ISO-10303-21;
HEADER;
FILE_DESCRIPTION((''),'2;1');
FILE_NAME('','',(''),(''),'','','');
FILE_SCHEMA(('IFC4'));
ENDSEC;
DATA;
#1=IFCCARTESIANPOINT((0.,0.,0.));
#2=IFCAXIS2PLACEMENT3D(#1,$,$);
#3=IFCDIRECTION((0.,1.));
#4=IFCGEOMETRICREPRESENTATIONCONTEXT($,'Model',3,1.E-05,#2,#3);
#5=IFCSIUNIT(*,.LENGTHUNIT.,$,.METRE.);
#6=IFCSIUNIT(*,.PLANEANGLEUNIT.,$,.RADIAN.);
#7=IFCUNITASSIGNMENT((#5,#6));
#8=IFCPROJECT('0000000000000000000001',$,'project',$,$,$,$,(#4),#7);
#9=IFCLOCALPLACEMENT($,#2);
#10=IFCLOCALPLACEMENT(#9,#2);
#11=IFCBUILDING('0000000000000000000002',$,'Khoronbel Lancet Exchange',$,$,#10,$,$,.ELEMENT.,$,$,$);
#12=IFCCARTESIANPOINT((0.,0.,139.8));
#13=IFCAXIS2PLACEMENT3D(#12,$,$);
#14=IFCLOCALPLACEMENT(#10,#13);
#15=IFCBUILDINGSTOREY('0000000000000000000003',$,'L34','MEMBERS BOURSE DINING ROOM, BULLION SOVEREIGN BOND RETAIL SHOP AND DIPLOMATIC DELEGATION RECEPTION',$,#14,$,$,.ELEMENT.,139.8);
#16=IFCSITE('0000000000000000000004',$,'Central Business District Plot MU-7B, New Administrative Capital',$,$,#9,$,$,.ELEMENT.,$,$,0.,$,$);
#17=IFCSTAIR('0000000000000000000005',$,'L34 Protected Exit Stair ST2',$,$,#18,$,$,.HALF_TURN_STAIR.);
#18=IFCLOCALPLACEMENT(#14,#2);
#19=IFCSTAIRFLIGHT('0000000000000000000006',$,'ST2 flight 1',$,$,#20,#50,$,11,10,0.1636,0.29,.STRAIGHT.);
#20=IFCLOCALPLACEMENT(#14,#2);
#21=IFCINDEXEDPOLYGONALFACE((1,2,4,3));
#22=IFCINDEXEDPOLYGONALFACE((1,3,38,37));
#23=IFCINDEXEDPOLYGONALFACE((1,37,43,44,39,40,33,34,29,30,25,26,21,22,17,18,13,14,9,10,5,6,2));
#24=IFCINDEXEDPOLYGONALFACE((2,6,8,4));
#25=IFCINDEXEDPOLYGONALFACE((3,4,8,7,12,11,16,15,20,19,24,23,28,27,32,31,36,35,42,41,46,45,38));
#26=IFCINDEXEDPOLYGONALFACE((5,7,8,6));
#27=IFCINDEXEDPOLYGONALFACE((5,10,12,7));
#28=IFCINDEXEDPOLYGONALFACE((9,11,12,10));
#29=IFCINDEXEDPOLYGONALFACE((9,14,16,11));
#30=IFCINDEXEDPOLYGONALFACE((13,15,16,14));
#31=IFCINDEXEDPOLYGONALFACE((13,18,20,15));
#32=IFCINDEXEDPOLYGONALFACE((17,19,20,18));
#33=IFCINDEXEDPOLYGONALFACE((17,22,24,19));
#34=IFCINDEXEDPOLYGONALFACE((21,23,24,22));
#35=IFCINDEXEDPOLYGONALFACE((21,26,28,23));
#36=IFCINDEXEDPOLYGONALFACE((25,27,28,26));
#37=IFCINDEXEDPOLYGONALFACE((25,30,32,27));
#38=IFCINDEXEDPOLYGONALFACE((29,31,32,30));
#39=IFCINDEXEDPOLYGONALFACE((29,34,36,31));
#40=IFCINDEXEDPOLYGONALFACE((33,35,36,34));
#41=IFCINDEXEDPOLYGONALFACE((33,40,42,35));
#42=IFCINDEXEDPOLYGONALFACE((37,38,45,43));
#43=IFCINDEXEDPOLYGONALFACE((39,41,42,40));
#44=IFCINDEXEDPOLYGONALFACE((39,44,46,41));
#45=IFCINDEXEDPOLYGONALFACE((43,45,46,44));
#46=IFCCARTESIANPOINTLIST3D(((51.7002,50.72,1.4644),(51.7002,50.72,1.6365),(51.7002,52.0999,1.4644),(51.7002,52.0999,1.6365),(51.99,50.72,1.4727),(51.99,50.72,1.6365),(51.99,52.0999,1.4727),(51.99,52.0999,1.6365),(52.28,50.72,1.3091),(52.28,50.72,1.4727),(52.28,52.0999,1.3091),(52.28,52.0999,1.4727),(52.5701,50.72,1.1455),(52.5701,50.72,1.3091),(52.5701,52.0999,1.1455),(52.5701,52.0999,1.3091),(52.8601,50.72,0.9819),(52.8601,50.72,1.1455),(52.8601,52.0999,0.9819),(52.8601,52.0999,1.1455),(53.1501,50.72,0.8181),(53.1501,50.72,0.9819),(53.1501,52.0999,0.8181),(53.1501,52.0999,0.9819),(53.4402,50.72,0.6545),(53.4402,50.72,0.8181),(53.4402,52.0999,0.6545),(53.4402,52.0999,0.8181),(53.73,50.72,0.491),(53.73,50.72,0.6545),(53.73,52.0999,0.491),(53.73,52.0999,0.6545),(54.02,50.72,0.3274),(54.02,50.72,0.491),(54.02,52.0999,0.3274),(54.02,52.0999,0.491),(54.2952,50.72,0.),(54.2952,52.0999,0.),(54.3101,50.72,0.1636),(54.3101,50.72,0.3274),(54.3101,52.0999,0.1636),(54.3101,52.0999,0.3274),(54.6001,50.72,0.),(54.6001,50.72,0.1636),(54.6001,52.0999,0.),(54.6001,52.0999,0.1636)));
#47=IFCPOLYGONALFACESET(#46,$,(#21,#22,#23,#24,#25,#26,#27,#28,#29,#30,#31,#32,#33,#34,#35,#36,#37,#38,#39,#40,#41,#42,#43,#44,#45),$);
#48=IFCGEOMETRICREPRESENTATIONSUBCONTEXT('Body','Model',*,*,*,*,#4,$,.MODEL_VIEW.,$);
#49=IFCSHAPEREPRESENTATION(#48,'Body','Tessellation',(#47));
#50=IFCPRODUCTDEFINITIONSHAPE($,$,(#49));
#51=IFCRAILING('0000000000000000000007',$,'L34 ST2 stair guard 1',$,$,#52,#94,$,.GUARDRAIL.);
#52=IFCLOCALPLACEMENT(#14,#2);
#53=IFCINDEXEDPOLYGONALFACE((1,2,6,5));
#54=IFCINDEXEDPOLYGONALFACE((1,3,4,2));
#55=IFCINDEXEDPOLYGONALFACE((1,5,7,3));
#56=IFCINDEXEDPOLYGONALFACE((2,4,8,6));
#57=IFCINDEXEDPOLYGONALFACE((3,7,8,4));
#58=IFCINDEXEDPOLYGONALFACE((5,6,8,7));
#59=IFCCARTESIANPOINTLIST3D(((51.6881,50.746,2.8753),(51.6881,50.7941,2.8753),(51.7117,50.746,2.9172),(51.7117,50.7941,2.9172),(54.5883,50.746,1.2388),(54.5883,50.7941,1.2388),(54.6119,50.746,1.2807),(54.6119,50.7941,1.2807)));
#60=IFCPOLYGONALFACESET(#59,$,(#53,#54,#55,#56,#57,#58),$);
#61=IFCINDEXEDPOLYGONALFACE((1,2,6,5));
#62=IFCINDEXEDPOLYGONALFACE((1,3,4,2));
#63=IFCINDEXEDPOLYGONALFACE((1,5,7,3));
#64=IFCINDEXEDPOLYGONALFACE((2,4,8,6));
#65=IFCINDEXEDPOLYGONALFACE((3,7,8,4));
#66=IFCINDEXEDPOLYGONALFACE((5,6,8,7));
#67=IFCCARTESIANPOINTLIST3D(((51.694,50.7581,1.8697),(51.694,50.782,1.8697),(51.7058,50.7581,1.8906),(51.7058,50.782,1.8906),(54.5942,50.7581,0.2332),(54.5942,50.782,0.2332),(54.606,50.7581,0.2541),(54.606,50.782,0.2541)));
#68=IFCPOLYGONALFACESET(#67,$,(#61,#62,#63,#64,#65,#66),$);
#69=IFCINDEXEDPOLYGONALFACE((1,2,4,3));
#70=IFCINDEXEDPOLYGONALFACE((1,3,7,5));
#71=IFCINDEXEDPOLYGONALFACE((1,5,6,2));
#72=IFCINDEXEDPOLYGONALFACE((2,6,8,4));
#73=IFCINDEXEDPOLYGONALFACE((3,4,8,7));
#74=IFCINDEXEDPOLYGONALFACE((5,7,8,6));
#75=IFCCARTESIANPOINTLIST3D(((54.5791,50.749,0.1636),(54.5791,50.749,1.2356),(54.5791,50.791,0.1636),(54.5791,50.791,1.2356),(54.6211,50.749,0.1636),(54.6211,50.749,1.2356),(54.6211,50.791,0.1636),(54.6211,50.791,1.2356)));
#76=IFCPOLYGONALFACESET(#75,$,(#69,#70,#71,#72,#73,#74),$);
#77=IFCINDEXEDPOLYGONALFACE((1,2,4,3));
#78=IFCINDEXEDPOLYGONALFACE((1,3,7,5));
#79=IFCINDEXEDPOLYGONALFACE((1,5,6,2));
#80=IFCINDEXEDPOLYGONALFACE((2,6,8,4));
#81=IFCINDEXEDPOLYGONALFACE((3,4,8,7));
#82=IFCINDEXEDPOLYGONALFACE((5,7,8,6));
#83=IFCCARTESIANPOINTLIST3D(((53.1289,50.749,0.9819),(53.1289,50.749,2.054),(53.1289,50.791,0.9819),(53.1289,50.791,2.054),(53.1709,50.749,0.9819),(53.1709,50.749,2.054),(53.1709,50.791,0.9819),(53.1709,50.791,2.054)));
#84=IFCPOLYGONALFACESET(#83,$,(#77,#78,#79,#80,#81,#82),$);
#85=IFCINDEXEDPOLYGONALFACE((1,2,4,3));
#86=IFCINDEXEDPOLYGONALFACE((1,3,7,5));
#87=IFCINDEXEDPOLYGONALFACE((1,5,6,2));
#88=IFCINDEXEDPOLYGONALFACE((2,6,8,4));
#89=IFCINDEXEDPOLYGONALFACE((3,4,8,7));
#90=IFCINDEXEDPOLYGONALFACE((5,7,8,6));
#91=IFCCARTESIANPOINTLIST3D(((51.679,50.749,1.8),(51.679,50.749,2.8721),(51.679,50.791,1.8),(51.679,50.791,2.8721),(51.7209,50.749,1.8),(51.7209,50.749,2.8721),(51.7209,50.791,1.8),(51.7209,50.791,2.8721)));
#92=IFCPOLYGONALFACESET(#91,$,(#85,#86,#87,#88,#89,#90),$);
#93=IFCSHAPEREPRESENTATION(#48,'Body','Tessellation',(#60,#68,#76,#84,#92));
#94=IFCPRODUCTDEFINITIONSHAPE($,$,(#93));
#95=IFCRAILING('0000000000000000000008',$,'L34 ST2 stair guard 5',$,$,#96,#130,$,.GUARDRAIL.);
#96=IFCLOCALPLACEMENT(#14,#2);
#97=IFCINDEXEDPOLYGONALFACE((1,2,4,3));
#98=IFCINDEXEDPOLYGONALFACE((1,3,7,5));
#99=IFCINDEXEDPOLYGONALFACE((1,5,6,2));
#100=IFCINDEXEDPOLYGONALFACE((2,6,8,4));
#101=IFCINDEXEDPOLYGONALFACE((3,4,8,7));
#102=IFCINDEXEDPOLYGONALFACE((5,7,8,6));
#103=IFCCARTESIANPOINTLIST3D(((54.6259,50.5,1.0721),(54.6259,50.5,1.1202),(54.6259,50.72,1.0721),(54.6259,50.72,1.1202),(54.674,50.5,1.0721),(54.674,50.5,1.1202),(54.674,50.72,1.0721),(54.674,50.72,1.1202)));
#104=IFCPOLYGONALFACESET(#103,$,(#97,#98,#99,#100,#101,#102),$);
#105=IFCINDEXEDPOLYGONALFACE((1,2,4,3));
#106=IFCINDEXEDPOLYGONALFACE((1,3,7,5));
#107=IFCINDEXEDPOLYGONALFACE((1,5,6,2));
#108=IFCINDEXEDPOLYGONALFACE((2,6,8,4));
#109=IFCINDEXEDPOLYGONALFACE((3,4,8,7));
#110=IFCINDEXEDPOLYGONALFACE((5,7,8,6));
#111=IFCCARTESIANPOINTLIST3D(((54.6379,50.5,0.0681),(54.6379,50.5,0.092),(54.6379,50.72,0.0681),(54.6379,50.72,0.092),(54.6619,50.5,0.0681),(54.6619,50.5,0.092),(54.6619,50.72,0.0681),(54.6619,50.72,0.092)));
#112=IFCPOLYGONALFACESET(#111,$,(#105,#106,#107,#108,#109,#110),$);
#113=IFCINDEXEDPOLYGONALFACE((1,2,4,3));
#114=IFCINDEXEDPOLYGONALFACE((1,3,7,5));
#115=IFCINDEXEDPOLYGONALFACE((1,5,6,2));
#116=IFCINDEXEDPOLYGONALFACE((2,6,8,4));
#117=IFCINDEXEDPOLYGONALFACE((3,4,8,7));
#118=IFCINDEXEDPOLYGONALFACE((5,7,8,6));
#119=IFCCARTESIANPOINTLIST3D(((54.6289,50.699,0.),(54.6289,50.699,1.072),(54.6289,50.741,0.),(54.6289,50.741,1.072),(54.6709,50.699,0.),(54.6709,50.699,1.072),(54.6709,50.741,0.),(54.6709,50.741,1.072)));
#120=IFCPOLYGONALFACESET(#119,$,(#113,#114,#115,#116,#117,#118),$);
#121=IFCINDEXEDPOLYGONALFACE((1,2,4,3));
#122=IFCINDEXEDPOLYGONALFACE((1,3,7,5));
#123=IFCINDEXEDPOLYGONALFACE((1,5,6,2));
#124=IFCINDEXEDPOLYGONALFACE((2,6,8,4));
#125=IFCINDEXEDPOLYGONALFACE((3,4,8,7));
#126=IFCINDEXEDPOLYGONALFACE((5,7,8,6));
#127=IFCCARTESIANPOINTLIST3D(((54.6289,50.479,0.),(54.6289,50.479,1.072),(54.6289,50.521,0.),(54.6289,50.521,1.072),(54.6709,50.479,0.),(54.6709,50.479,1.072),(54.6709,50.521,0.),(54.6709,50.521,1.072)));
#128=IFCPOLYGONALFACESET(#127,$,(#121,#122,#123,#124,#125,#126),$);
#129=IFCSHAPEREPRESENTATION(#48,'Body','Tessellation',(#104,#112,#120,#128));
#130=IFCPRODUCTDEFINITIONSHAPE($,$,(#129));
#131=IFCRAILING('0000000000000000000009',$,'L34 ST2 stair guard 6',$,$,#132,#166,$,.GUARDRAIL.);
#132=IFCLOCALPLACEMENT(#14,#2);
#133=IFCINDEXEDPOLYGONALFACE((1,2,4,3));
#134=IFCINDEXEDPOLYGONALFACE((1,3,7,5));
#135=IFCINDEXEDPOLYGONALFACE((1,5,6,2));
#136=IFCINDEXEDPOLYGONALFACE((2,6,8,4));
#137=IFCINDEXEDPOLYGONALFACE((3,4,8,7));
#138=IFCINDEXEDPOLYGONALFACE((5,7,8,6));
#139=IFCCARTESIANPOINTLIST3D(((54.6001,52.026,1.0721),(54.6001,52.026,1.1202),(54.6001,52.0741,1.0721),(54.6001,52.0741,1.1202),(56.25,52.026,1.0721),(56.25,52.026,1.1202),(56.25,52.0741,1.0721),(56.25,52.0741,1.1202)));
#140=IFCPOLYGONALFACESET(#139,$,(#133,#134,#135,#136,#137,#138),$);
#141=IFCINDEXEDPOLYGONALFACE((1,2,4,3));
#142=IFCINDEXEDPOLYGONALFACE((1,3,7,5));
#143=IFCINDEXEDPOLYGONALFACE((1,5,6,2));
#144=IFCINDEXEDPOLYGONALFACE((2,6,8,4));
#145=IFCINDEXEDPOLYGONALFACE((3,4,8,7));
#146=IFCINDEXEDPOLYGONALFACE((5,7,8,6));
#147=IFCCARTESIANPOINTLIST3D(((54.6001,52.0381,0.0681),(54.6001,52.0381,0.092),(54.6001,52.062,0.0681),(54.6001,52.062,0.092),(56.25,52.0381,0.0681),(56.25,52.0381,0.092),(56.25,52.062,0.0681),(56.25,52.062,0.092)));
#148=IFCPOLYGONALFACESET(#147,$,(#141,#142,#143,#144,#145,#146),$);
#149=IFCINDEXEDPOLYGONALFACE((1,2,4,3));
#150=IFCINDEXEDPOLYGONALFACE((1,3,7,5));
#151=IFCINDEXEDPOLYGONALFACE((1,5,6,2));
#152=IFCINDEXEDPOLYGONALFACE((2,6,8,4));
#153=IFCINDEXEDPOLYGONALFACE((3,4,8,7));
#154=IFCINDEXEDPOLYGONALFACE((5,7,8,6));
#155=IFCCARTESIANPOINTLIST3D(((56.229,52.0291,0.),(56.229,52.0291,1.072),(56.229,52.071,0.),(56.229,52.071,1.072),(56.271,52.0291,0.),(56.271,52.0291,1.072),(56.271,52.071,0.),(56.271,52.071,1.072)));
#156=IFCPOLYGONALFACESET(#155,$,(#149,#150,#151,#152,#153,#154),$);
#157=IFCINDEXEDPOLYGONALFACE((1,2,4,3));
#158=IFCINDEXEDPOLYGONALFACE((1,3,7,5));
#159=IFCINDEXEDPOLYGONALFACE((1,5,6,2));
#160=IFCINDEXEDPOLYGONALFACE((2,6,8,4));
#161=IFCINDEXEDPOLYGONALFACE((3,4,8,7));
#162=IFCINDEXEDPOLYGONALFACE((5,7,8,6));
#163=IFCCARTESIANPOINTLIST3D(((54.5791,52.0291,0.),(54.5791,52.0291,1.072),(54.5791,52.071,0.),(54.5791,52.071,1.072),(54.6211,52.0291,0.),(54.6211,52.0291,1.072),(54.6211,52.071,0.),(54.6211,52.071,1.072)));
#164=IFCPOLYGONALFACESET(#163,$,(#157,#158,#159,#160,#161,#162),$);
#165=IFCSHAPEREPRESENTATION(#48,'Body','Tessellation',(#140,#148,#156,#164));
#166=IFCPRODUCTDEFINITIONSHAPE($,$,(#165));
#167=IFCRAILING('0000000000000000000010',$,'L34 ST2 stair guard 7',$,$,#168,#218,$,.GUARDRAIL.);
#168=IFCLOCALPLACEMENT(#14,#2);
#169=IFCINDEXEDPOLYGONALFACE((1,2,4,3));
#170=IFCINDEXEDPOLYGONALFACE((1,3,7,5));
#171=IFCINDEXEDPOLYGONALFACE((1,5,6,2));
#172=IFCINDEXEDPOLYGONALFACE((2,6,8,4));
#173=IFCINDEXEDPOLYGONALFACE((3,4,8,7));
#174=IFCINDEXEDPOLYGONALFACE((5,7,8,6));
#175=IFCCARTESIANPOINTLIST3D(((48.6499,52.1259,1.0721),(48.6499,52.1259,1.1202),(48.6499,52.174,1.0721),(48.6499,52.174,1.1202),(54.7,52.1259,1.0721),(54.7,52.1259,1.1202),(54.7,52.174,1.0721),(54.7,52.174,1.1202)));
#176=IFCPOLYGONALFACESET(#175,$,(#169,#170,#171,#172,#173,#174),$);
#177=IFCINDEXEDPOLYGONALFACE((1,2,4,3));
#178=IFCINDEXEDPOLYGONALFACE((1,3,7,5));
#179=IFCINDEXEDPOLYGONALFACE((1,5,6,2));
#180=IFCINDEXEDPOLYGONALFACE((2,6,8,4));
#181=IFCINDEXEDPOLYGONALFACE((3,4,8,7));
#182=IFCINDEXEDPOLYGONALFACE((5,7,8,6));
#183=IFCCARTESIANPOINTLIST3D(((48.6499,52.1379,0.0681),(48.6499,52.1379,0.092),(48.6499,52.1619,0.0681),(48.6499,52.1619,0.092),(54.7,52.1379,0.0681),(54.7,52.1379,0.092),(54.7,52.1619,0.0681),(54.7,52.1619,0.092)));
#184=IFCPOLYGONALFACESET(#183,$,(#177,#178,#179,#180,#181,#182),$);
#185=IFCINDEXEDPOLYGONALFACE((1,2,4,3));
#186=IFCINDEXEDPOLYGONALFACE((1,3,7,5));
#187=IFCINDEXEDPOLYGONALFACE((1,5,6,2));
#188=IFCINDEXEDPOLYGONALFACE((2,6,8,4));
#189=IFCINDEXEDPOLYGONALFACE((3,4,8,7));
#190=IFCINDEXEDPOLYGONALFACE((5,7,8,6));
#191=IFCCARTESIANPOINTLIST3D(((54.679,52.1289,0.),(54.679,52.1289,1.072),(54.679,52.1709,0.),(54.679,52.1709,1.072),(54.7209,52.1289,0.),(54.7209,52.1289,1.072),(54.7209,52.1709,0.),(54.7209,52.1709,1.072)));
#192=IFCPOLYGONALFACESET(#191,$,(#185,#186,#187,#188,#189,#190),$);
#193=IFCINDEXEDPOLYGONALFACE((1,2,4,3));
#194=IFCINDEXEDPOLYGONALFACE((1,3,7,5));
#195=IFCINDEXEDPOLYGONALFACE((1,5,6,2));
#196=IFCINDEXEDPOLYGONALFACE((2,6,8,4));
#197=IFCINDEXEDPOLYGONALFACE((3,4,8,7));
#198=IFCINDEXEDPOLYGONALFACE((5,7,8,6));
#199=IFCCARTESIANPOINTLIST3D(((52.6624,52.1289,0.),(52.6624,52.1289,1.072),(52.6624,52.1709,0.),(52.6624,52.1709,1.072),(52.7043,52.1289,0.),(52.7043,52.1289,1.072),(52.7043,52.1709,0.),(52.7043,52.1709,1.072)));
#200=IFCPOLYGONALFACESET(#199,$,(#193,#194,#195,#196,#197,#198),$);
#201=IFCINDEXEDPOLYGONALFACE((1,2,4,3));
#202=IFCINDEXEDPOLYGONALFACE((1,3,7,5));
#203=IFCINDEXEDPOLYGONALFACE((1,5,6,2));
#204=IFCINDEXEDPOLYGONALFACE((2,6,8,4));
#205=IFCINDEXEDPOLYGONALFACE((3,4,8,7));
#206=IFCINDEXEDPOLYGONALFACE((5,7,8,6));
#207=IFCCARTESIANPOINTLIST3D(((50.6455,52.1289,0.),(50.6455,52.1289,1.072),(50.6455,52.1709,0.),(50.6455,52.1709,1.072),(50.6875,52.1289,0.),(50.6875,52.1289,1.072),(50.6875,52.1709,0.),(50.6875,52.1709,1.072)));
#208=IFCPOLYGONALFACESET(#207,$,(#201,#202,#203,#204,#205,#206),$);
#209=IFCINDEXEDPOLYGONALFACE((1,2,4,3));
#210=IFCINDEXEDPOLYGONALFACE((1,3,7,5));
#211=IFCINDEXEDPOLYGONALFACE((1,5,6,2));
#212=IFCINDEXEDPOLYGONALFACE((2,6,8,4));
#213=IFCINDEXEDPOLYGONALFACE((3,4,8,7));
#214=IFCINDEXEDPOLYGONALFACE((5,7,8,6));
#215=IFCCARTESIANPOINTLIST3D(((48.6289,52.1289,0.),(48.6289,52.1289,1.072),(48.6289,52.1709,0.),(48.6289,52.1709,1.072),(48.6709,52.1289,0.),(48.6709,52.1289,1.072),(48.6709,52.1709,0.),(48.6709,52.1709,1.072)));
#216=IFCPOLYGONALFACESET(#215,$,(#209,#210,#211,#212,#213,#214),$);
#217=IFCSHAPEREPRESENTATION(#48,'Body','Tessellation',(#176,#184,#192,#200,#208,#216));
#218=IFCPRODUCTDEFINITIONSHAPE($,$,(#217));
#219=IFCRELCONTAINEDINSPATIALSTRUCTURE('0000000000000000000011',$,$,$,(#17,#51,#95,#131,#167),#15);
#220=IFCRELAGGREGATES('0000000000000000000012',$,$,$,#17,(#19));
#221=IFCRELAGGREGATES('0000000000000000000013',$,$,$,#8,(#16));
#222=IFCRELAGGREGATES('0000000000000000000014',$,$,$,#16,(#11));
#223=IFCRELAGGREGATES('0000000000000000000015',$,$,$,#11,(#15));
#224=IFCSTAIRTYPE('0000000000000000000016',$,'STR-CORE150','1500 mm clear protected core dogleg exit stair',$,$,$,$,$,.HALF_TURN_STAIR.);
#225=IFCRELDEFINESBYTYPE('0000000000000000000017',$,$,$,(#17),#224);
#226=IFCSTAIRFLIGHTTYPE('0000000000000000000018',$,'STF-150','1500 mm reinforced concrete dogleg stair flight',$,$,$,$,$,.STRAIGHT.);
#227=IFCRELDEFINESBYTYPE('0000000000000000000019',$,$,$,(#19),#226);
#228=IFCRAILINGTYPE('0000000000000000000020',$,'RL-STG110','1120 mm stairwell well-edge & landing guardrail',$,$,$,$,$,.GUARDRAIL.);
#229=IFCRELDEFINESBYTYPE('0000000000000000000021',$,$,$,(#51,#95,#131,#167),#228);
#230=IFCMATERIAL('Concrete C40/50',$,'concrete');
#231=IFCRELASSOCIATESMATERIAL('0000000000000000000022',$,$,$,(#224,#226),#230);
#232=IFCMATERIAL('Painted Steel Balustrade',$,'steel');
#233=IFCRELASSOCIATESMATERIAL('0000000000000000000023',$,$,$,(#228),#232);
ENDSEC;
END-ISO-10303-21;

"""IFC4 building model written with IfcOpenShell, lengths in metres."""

from ifc_helpers import new_model, si_unit, direction, frame, origin, origin_2d, place, context, subcontext, project, spatial, polyline, rectangle, outline, extrude, material, type_object, element, aggregate, save


model = new_model("IFC4")

# Units and contexts
model_context = context("Model", 3, precision=1e-05, world=origin(), true_north=direction((0.0, 1.0)))
body_context = subcontext(model_context, "Body", "Model", "MODEL_VIEW")
ifc_project = project(units=[si_unit("LENGTHUNIT", "METRE"), si_unit("PLANEANGLEUNIT", "RADIAN")], contexts=[model_context])

# Site, building, storey
site_placement = place(None, origin())
site = spatial("IfcSite", under=ifc_project, at=site_placement, Name="Central Business District Plot MU-7B, New Administrative Capital", CompositionType="ELEMENT", RefElevation=0.0)
building_placement = place(site_placement, origin())
building = spatial("IfcBuilding", under=site, at=building_placement, Name="Khoronbel Lancet Exchange", CompositionType="ELEMENT")
storey_placement = place(building_placement, frame((0.0, 0.0, 139.8)))
storey = spatial("IfcBuildingStorey", under=building, at=storey_placement, Name="L34", Description="MEMBERS BOURSE DINING ROOM, BULLION SOVEREIGN BOND RETAIL SHOP AND DIPLOMATIC DELEGATION RECEPTION", CompositionType="ELEMENT", Elevation=139.8)

# Stair, stair flight
ifc_material_1 = material(Name="Concrete C40/50", Category="concrete")
stair_type = type_object("IfcStairType", Name="STR-CORE150", Description="1500 mm clear protected core dogleg exit stair", PredefinedType="HALF_TURN_STAIR", material=ifc_material_1)
stair_placement = place(storey_placement, origin())
stair = element("IfcStair", 1, at=stair_placement, inside=storey, type_object=stair_type, Name="L34 Protected Exit Stair ST2", PredefinedType="HALF_TURN_STAIR")
stair_flight_type = type_object("IfcStairFlightType", Name="STF-150", Description="1500 mm reinforced concrete dogleg stair flight", PredefinedType="STRAIGHT", material=ifc_material_1)
stair_flight_placement = place(storey_placement, frame((54.6001, 51.4099, 0.0), z_axis=(0.0, 0.0, 1.0), x_axis=(-1.0, 0.0, 0.0)))
stair_flight = element("IfcStairFlight", 2, at=stair_flight_placement, type_object=stair_flight_type, Name="ST2 flight 1", NumberOfRisers=11, NumberOfTreads=10, PredefinedType="STRAIGHT", RiserHeight=0.1636, TreadLength=0.29, context=body_context, shape_type="SweptSolid", body=[
    extrude(outline(polyline([(0.0, 0.0), (0.0, 0.1636), (0.29, 0.1636), (0.29, 0.3274), (0.5801, 0.3274), (0.5801, 0.491), (0.8701, 0.491), (0.8701, 0.6545), (1.1599, 0.6545), (1.1599, 0.8181), (1.45, 0.8181), (1.45, 0.9819), (1.74, 0.9819), (1.74, 1.1455), (2.03, 1.1455), (2.03, 1.3091), (2.3201, 1.3091), (2.3201, 1.4727), (2.6101, 1.4727), (2.6101, 1.6365), (2.8999, 1.6365), (2.8999, 1.8), (2.8999, 1.4644), (0.3049, 0.0), (0.0, 0.0)])), frame((0.0, 0.6899, 0.0), z_axis=(0.0, -1.0, 0.0), x_axis=(1.0, 0.0, 0.0)), (0.0, 0.0, 1.0), 1.3799),
])
aggregate(stair, [stair_flight])

# Railings
ifc_material_2 = material(Name="Painted Steel Balustrade", Category="steel")
railing_type_1 = type_object("IfcRailingType", Name="RL-STG110", Description="1120 mm stairwell well-edge & landing guardrail", PredefinedType="GUARDRAIL", material=ifc_material_2)
railing_1_placement = place(storey_placement, frame((54.6001, 50.77, 0.1636)))
element("IfcRailing", 3, at=railing_1_placement, inside=storey, type_object=railing_type_1, Name="L34 ST2 stair guard 1", PredefinedType="GUARDRAIL", context=body_context, shape_type="SweptSolid", body=[
    extrude(rectangle(XDim=0.0481, YDim=0.0481, at=origin_2d()), frame((0.0, 0.0, 1.0962), z_axis=(-0.870915, 0.0, 0.491434), x_axis=(0.0, -1.0, 0.0)), (0.0, 0.0, 1.0), 3.3301),
    extrude(rectangle(XDim=0.0239, YDim=0.0239, at=origin_2d()), frame((0.0, 0.0, 0.0801), z_axis=(-0.870915, 0.0, 0.491434), x_axis=(0.0, -1.0, 0.0)), (0.0, 0.0, 1.0), 3.3301),
    extrude(rectangle(XDim=0.042, YDim=0.042, at=origin_2d()), origin(), (0.0, 0.0, 1.0), 1.072),
    extrude(rectangle(XDim=0.042, YDim=0.042, at=origin_2d()), frame((-1.4502, 0.0, 0.8184)), (0.0, 0.0, 1.0), 1.072),
    extrude(rectangle(XDim=0.042, YDim=0.042, at=origin_2d()), frame((-2.9001, 0.0, 1.6365)), (0.0, 0.0, 1.0), 1.072),
])
railing_2_placement = place(storey_placement, frame((54.6499, 50.72, 0.0)))
element("IfcRailing", 4, at=railing_2_placement, inside=storey, type_object=railing_type_1, Name="L34 ST2 stair guard 5", PredefinedType="GUARDRAIL", context=body_context, shape_type="SweptSolid", body=[
    extrude(rectangle(XDim=0.0481, YDim=0.0481, at=origin_2d()), frame((0.0, 0.0, 1.0962), z_axis=(0.0, -1.0, 0.0), x_axis=(1.0, 0.0, 0.0)), (0.0, 0.0, 1.0), 0.22),
    extrude(rectangle(XDim=0.0239, YDim=0.0239, at=origin_2d()), frame((0.0, 0.0, 0.0801), z_axis=(0.0, -1.0, 0.0), x_axis=(1.0, 0.0, 0.0)), (0.0, 0.0, 1.0), 0.22),
    extrude(rectangle(XDim=0.042, YDim=0.042, at=origin_2d()), origin(), (0.0, 0.0, 1.0), 1.072),
    extrude(rectangle(XDim=0.042, YDim=0.042, at=origin_2d()), frame((0.0, -0.22, 0.0)), (0.0, 0.0, 1.0), 1.072),
])
railing_3_placement = place(storey_placement, frame((56.25, 52.05, 0.0)))
element("IfcRailing", 5, at=railing_3_placement, inside=storey, type_object=railing_type_1, Name="L34 ST2 stair guard 6", PredefinedType="GUARDRAIL", context=body_context, shape_type="SweptSolid", body=[
    extrude(rectangle(XDim=0.0481, YDim=0.0481, at=origin_2d()), frame((0.0, 0.0, 1.0962), z_axis=(-1.0, 0.0, 0.0), x_axis=(0.0, -1.0, 0.0)), (0.0, 0.0, 1.0), 1.6499),
    extrude(rectangle(XDim=0.0239, YDim=0.0239, at=origin_2d()), frame((0.0, 0.0, 0.0801), z_axis=(-1.0, 0.0, 0.0), x_axis=(0.0, -1.0, 0.0)), (0.0, 0.0, 1.0), 1.6499),
    extrude(rectangle(XDim=0.042, YDim=0.042, at=origin_2d()), origin(), (0.0, 0.0, 1.0), 1.072),
    extrude(rectangle(XDim=0.042, YDim=0.042, at=origin_2d()), frame((-1.6499, 0.0, 0.0)), (0.0, 0.0, 1.0), 1.072),
])
railing_4_placement = place(storey_placement, frame((54.7, 52.1499, 0.0)))
element("IfcRailing", 6, at=railing_4_placement, inside=storey, type_object=railing_type_1, Name="L34 ST2 stair guard 7", PredefinedType="GUARDRAIL", context=body_context, shape_type="SweptSolid", body=[
    extrude(rectangle(XDim=0.0481, YDim=0.0481, at=origin_2d()), frame((0.0, 0.0, 1.0962), z_axis=(-1.0, 0.0, 0.0), x_axis=(0.0, -1.0, 0.0)), (0.0, 0.0, 1.0), 6.05),
    extrude(rectangle(XDim=0.0239, YDim=0.0239, at=origin_2d()), frame((0.0, 0.0, 0.0801), z_axis=(-1.0, 0.0, 0.0), x_axis=(0.0, -1.0, 0.0)), (0.0, 0.0, 1.0), 6.05),
    extrude(rectangle(XDim=0.042, YDim=0.042, at=origin_2d()), origin(), (0.0, 0.0, 1.0), 1.072),
    extrude(rectangle(XDim=0.042, YDim=0.042, at=origin_2d()), frame((-2.0166, 0.0, 0.0)), (0.0, 0.0, 1.0), 1.072),
    extrude(rectangle(XDim=0.042, YDim=0.042, at=origin_2d()), frame((-4.0334, 0.0, 0.0)), (0.0, 0.0, 1.0), 1.072),
    extrude(rectangle(XDim=0.042, YDim=0.042, at=origin_2d()), frame((-6.05, 0.0, 0.0)), (0.0, 0.0, 1.0), 1.072),
])

save(model, "model.ifc")
